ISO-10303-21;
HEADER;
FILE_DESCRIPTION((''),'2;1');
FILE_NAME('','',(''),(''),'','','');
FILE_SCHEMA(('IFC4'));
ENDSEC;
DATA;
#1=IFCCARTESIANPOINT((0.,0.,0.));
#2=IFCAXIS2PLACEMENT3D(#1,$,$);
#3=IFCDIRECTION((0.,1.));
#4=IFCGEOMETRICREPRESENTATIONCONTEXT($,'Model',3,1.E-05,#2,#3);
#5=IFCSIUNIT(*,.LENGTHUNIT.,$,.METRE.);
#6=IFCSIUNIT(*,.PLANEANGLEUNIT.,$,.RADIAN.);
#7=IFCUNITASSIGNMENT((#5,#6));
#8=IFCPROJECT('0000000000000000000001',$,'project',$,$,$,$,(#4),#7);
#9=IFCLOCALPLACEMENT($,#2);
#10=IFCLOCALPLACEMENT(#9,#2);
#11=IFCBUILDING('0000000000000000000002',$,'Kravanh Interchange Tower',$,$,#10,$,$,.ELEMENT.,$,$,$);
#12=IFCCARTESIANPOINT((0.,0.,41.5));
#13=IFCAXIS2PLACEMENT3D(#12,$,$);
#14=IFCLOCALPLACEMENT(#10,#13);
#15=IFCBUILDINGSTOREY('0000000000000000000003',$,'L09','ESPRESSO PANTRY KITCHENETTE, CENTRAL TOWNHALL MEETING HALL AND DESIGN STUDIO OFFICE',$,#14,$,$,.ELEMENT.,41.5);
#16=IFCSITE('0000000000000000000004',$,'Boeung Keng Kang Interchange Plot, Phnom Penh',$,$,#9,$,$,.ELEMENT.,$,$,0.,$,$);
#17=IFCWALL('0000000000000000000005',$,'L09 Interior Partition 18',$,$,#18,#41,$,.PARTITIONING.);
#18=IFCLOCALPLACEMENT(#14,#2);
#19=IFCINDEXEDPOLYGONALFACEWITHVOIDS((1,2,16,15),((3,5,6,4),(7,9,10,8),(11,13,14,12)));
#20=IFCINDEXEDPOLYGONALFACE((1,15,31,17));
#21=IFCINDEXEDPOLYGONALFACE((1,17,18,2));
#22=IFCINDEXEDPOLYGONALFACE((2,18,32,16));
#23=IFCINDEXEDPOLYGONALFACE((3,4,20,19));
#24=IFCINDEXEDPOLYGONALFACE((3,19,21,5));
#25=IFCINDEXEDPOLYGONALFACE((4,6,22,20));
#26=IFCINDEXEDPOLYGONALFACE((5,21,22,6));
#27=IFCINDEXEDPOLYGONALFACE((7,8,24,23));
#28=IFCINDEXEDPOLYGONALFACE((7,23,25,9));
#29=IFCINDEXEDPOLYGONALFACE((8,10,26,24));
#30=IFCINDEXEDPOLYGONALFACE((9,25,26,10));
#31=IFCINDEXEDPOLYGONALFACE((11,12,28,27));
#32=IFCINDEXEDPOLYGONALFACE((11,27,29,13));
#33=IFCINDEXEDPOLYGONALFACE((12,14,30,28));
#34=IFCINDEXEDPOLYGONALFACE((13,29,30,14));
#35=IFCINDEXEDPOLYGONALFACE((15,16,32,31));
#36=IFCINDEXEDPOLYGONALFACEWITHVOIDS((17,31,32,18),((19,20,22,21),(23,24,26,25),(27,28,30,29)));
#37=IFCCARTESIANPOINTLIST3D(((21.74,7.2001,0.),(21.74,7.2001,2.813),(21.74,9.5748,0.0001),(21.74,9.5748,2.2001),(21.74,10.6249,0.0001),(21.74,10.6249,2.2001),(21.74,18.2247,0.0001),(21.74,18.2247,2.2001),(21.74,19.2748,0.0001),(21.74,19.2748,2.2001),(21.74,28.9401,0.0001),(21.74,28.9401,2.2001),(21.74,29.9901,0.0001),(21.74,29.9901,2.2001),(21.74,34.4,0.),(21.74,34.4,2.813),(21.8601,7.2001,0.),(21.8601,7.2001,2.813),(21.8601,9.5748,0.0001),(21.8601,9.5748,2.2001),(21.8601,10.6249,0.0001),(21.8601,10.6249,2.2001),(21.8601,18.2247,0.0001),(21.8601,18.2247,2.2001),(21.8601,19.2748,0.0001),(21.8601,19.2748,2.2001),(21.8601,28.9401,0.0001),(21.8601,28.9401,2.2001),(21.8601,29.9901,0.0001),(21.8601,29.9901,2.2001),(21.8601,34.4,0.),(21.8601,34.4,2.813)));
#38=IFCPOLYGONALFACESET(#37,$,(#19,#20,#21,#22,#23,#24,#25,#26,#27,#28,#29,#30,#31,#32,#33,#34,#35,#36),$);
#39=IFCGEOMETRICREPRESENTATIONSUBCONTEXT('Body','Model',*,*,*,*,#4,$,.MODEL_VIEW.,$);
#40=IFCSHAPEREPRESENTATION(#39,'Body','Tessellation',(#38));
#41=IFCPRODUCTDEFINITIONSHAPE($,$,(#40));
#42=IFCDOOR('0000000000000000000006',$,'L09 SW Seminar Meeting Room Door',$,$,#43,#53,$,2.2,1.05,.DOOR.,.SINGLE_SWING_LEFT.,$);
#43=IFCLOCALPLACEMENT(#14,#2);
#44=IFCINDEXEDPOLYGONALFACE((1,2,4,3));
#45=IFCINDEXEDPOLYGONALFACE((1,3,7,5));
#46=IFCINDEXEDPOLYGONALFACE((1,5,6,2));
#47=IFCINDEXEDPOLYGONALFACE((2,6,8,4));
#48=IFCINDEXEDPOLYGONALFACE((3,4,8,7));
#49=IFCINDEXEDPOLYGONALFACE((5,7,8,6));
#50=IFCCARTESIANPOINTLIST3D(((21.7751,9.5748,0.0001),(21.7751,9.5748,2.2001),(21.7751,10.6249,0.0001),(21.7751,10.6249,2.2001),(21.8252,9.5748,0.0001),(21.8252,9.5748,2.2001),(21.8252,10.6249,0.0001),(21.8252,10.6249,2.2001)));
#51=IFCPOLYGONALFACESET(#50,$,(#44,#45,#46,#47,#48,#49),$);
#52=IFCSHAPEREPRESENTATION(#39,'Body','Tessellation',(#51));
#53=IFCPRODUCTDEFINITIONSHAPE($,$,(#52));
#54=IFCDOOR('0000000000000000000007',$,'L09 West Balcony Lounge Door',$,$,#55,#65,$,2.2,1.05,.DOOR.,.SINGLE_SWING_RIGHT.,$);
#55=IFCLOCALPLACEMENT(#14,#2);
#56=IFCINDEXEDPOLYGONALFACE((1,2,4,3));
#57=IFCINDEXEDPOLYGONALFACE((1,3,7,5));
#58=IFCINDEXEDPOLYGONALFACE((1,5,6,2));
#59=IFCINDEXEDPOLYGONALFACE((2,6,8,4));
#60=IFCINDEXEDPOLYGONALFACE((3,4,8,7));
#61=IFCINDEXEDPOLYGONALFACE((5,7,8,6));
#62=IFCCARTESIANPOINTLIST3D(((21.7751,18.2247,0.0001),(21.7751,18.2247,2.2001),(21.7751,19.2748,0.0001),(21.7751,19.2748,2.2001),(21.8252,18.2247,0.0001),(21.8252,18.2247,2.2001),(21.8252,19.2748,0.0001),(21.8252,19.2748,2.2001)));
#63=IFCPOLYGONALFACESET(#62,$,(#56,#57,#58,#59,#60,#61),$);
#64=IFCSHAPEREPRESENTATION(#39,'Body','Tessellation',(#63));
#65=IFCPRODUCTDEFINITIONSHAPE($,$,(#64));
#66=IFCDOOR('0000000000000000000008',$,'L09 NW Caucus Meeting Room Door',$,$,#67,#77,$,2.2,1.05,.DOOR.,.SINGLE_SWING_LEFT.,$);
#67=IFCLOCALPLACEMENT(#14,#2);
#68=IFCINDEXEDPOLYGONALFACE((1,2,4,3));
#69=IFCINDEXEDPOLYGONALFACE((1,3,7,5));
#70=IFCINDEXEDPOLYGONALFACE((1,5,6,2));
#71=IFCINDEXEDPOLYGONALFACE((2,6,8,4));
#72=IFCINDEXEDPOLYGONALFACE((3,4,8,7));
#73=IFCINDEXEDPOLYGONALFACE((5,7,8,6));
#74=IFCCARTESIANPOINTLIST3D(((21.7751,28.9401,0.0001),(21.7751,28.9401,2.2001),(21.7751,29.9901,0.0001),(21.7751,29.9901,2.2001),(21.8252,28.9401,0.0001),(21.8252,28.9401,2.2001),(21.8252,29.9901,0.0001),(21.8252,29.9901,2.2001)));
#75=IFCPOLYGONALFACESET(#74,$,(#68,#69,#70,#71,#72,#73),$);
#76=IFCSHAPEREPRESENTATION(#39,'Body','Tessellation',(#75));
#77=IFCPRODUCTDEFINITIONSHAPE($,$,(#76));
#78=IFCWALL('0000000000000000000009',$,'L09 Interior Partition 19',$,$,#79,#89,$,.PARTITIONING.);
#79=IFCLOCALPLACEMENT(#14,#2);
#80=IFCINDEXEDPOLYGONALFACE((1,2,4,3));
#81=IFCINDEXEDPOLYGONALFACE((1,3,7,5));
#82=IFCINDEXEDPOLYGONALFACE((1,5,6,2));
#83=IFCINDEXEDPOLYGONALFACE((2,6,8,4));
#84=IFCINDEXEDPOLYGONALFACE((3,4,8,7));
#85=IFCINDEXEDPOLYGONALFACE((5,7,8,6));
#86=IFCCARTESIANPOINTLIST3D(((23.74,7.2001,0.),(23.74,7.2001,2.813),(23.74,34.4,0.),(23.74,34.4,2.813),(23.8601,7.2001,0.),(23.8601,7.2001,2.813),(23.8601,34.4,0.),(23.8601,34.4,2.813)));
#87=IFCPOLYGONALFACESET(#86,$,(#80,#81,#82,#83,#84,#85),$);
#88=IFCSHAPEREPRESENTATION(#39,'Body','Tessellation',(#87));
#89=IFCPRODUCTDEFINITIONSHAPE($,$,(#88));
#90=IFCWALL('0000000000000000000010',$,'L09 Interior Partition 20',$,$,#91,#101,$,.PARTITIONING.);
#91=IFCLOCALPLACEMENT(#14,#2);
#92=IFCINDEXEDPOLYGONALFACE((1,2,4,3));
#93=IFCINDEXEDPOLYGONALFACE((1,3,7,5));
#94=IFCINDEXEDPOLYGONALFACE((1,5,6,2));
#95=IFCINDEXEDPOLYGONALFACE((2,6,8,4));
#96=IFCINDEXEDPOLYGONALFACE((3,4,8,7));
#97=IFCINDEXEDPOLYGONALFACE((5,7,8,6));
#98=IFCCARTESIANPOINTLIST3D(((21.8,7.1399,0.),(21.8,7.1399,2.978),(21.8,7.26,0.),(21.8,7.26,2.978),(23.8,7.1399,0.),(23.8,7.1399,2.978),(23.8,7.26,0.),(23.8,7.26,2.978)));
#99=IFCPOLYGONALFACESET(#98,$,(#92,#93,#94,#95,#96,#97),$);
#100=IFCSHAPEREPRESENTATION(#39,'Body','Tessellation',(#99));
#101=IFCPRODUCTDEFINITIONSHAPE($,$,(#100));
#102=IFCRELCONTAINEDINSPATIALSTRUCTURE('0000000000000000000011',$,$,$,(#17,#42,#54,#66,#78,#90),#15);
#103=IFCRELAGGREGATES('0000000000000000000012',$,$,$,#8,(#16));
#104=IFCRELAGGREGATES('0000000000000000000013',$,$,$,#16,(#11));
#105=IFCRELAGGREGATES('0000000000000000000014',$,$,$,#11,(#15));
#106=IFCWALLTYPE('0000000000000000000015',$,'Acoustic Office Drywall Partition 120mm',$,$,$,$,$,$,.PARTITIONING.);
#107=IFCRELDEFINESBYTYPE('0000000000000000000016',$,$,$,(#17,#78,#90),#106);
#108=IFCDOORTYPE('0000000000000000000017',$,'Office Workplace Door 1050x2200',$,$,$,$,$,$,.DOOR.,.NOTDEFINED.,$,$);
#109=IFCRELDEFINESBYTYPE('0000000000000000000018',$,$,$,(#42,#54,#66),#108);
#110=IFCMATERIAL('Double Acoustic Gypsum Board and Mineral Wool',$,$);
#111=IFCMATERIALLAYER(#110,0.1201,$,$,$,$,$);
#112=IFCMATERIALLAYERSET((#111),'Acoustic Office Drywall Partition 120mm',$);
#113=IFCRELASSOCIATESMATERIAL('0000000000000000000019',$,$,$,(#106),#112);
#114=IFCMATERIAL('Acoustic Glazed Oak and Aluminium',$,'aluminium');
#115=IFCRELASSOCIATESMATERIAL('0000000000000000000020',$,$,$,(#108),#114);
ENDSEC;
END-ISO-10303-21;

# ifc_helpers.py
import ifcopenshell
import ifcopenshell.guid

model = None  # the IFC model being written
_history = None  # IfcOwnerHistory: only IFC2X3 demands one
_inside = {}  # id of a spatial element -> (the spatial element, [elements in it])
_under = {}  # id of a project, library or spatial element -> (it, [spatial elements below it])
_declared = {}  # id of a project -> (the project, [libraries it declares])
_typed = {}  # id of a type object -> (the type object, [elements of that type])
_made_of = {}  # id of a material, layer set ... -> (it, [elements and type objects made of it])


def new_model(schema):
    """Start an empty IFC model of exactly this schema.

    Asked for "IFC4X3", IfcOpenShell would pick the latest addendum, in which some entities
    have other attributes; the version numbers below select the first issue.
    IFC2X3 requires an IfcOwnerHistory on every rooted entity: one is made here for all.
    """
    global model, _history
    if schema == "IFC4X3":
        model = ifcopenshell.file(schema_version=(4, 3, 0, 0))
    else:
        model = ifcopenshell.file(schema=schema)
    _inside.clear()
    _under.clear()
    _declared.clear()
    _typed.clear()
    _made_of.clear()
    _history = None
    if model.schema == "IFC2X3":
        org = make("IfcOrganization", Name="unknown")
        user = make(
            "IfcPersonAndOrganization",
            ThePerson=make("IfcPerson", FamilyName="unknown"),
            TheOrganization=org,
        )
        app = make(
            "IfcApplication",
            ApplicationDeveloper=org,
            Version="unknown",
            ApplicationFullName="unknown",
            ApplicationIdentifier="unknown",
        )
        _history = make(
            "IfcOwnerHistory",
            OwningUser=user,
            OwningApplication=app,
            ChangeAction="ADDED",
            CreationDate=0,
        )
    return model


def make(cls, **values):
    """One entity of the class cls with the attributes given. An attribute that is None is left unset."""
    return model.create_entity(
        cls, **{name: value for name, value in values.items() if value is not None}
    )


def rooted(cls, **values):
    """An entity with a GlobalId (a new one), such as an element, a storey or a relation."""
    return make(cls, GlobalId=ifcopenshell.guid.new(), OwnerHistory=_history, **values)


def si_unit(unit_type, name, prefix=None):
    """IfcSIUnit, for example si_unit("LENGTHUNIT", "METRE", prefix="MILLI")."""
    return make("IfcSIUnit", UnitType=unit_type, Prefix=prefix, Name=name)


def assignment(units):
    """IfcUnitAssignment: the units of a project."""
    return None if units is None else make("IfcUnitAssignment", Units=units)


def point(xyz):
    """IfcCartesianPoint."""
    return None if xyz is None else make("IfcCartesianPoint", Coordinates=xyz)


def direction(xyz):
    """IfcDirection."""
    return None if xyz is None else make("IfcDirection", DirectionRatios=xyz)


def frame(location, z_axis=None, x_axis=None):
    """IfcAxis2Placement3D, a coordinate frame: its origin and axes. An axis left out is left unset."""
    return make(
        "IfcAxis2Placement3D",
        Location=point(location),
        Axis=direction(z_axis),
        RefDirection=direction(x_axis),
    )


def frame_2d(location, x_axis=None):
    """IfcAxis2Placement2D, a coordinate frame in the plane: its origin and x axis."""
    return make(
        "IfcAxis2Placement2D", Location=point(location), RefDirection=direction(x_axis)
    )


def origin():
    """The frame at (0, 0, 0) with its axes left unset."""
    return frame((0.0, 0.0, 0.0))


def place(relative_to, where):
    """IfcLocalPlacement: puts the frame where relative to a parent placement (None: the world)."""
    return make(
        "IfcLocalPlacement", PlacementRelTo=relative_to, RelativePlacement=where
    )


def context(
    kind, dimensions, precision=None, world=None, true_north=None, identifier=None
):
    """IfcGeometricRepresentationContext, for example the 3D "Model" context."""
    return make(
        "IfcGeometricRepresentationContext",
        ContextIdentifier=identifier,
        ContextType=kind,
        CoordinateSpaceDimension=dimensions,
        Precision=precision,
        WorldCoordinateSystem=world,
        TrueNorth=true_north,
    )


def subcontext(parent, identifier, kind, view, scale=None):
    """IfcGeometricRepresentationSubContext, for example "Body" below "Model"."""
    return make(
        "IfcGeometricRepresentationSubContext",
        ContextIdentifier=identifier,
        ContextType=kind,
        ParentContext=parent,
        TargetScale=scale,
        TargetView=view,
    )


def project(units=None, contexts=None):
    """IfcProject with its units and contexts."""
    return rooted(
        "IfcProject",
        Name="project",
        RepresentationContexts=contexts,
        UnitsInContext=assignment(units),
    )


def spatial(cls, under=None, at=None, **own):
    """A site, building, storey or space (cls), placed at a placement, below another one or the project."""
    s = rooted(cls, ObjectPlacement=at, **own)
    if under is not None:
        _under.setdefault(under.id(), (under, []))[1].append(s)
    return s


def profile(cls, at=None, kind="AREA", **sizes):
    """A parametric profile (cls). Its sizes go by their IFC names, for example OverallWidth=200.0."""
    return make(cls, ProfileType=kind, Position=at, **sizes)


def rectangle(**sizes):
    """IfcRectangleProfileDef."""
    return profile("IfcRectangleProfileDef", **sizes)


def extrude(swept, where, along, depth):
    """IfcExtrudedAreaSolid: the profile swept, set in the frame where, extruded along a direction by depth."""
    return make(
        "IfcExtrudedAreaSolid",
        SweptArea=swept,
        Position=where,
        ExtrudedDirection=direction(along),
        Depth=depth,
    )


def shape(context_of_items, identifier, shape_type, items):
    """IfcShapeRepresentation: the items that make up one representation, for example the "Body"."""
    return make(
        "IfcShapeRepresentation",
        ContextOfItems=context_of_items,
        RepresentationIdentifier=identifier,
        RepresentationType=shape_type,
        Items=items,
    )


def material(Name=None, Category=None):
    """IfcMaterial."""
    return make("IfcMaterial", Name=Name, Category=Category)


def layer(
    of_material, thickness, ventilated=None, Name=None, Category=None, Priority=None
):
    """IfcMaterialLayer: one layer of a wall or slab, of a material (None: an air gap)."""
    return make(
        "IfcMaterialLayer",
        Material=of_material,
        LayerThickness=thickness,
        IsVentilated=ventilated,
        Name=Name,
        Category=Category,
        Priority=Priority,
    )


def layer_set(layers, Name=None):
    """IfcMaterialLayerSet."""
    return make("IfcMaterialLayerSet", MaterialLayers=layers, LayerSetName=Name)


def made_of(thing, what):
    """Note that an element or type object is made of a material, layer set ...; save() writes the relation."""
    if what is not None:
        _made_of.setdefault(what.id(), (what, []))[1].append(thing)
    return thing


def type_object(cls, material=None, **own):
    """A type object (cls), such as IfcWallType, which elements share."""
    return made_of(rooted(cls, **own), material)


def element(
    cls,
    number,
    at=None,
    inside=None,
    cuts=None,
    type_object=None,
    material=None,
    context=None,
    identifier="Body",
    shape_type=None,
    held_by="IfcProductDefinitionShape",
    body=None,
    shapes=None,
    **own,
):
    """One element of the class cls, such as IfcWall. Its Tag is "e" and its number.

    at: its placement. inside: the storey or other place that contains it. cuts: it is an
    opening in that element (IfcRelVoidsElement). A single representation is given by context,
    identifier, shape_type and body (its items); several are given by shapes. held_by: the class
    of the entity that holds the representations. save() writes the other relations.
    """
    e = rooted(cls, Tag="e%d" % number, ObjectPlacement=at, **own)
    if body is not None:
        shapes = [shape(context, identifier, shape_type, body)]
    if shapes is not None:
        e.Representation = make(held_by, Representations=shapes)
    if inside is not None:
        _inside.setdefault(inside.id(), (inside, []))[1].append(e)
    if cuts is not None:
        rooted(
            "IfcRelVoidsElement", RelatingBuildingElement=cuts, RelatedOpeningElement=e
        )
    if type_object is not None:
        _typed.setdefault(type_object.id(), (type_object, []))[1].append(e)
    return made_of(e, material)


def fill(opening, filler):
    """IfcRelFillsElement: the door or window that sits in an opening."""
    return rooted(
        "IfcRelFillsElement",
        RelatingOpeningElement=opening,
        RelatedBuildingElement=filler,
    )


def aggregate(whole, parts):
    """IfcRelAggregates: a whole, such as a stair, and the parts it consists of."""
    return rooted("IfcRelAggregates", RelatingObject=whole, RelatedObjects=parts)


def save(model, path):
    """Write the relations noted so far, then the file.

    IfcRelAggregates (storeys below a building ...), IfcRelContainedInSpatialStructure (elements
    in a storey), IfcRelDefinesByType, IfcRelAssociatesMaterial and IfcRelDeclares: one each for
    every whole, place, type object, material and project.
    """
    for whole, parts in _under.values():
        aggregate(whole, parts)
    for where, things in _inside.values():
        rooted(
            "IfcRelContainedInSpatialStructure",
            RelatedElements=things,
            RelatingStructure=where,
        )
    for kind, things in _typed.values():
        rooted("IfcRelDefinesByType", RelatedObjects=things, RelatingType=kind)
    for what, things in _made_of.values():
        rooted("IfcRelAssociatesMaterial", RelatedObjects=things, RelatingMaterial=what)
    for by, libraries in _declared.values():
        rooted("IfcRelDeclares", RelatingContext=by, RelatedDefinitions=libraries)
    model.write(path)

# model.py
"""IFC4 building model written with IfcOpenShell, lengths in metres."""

from ifc_helpers import new_model, si_unit, direction, frame, frame_2d, origin, place, context, subcontext, project, spatial, rectangle, extrude, material, layer, layer_set, type_object, element, fill, save


model = new_model("IFC4")

# Units and contexts
model_context = context("Model", 3, precision=1e-05, world=origin(), true_north=direction((0.0, 1.0)))
body_context = subcontext(model_context, "Body", "Model", "MODEL_VIEW")
ifc_project = project(units=[si_unit("LENGTHUNIT", "METRE"), si_unit("PLANEANGLEUNIT", "RADIAN")], contexts=[model_context])

# Site, building, storey
site_placement = place(None, origin())
site = spatial("IfcSite", under=ifc_project, at=site_placement, Name="Boeung Keng Kang Interchange Plot, Phnom Penh", CompositionType="ELEMENT", RefElevation=0.0)
building_placement = place(site_placement, origin())
building = spatial("IfcBuilding", under=site, at=building_placement, Name="Kravanh Interchange Tower", CompositionType="ELEMENT")
storey_placement = place(building_placement, frame((0.0, 0.0, 41.5)))
storey = spatial("IfcBuildingStorey", under=building, at=storey_placement, Name="L09", Description="ESPRESSO PANTRY KITCHENETTE, CENTRAL TOWNHALL MEETING HALL AND DESIGN STUDIO OFFICE", CompositionType="ELEMENT", Elevation=41.5)

# Wall, openings, doors
ifc_material_1 = material(Name="Double Acoustic Gypsum Board and Mineral Wool")
ifc_layer_1 = layer(ifc_material_1, 0.1201)
ifc_layer_set_1 = layer_set([ifc_layer_1], Name="Acoustic Office Drywall Partition 120mm")
wall_type = type_object("IfcWallType", Name="Acoustic Office Drywall Partition 120mm", PredefinedType="PARTITIONING", material=ifc_layer_set_1)
wall_1_placement = place(storey_placement, frame((21.8, 7.2, 0.0), z_axis=(0.0, 0.0, 1.0), x_axis=(0.0, 1.0, 0.0)))
wall_1 = element("IfcWall", 1, at=wall_1_placement, inside=storey, type_object=wall_type, Name="L09 Interior Partition 18", PredefinedType="PARTITIONING", context=body_context, shape_type="SweptSolid", body=[
    extrude(rectangle(XDim=27.2, YDim=0.1201, at=frame_2d((13.6001, 0.0))), origin(), (0.0, 0.0, 1.0), 2.813),
])
opening_1_placement = place(wall_1_placement, frame((2.375, 0.0, 0.0)))
opening_1 = element("IfcOpeningElement", 2, at=opening_1_placement, cuts=wall_1, PredefinedType="OPENING", context=body_context, shape_type="SweptSolid", body=[
    extrude(rectangle(XDim=1.05, YDim=2.2, at=frame_2d((0.5249, 1.1001))), frame((0.0, 0.0701, 0.0), z_axis=(0.0, -1.0, 0.0), x_axis=(1.0, 0.0, 0.0)), (0.0, 0.0, 1.0), 0.1401),
])
opening_2_placement = place(wall_1_placement, frame((11.0249, 0.0, 0.0)))
opening_2 = element("IfcOpeningElement", 3, at=opening_2_placement, cuts=wall_1, PredefinedType="OPENING", context=body_context, shape_type="SweptSolid", body=[
    extrude(rectangle(XDim=1.05, YDim=2.2, at=frame_2d((0.5249, 1.1001))), frame((0.0, 0.0701, 0.0), z_axis=(0.0, -1.0, 0.0), x_axis=(1.0, 0.0, 0.0)), (0.0, 0.0, 1.0), 0.1401),
])
opening_3_placement = place(wall_1_placement, frame((21.7402, 0.0, 0.0)))
opening_3 = element("IfcOpeningElement", 4, at=opening_3_placement, cuts=wall_1, PredefinedType="OPENING", context=body_context, shape_type="SweptSolid", body=[
    extrude(rectangle(XDim=1.05, YDim=2.2, at=frame_2d((0.5249, 1.1001))), frame((0.0, 0.0701, 0.0), z_axis=(0.0, -1.0, 0.0), x_axis=(1.0, 0.0, 0.0)), (0.0, 0.0, 1.0), 0.1401),
])
ifc_material_2 = material(Name="Acoustic Glazed Oak and Aluminium", Category="aluminium")
door_type = type_object("IfcDoorType", Name="Office Workplace Door 1050x2200", OperationType="NOTDEFINED", PredefinedType="DOOR", material=ifc_material_2)
door_1_placement = place(opening_1_placement, origin())
door_1 = element("IfcDoor", 5, at=door_1_placement, inside=storey, type_object=door_type, Name="L09 SW Seminar Meeting Room Door", OperationType="SINGLE_SWING_LEFT", OverallHeight=2.2, OverallWidth=1.05, PredefinedType="DOOR", context=body_context, shape_type="SweptSolid", body=[
    extrude(rectangle(XDim=1.05, YDim=2.2, at=frame_2d((0.5249, 1.1001))), frame((0.0, 0.0249, 0.0), z_axis=(0.0, -1.0, 0.0), x_axis=(1.0, 0.0, 0.0)), (0.0, 0.0, 1.0), 0.05),
])
fill(opening_1, door_1)
door_2_placement = place(opening_2_placement, origin())
door_2 = element("IfcDoor", 6, at=door_2_placement, inside=storey, type_object=door_type, Name="L09 West Balcony Lounge Door", OperationType="SINGLE_SWING_RIGHT", OverallHeight=2.2, OverallWidth=1.05, PredefinedType="DOOR", context=body_context, shape_type="SweptSolid", body=[
    extrude(rectangle(XDim=1.05, YDim=2.2, at=frame_2d((0.5249, 1.1001))), frame((0.0, 0.0249, 0.0), z_axis=(0.0, -1.0, 0.0), x_axis=(1.0, 0.0, 0.0)), (0.0, 0.0, 1.0), 0.05),
])
fill(opening_2, door_2)
door_3_placement = place(opening_3_placement, origin())
door_3 = element("IfcDoor", 7, at=door_3_placement, inside=storey, type_object=door_type, Name="L09 NW Caucus Meeting Room Door", OperationType="SINGLE_SWING_LEFT", OverallHeight=2.2, OverallWidth=1.05, PredefinedType="DOOR", context=body_context, shape_type="SweptSolid", body=[
    extrude(rectangle(XDim=1.05, YDim=2.2, at=frame_2d((0.5249, 1.1001))), frame((0.0, 0.0249, 0.0), z_axis=(0.0, -1.0, 0.0), x_axis=(1.0, 0.0, 0.0)), (0.0, 0.0, 1.0), 0.05),
])
fill(opening_3, door_3)

# Walls
wall_2_placement = place(storey_placement, frame((23.8, 7.2, 0.0), z_axis=(0.0, 0.0, 1.0), x_axis=(0.0, 1.0, 0.0)))
element("IfcWall", 8, at=wall_2_placement, inside=storey, type_object=wall_type, Name="L09 Interior Partition 19", PredefinedType="PARTITIONING", context=body_context, shape_type="SweptSolid", body=[
    extrude(rectangle(XDim=27.2, YDim=0.1201, at=frame_2d((13.6001, 0.0))), origin(), (0.0, 0.0, 1.0), 2.813),
])
wall_3_placement = place(storey_placement, frame((21.8, 7.2, 0.0), z_axis=(0.0, 0.0, 1.0), x_axis=(1.0, 0.0, 0.0)))
element("IfcWall", 9, at=wall_3_placement, inside=storey, type_object=wall_type, Name="L09 Interior Partition 20", PredefinedType="PARTITIONING", context=body_context, shape_type="SweptSolid", body=[
    extrude(rectangle(XDim=2.0, YDim=0.1201, at=frame_2d((1.0, 0.0))), origin(), (0.0, 0.0, 1.0), 2.978),
])

save(model, "model.ifc")
